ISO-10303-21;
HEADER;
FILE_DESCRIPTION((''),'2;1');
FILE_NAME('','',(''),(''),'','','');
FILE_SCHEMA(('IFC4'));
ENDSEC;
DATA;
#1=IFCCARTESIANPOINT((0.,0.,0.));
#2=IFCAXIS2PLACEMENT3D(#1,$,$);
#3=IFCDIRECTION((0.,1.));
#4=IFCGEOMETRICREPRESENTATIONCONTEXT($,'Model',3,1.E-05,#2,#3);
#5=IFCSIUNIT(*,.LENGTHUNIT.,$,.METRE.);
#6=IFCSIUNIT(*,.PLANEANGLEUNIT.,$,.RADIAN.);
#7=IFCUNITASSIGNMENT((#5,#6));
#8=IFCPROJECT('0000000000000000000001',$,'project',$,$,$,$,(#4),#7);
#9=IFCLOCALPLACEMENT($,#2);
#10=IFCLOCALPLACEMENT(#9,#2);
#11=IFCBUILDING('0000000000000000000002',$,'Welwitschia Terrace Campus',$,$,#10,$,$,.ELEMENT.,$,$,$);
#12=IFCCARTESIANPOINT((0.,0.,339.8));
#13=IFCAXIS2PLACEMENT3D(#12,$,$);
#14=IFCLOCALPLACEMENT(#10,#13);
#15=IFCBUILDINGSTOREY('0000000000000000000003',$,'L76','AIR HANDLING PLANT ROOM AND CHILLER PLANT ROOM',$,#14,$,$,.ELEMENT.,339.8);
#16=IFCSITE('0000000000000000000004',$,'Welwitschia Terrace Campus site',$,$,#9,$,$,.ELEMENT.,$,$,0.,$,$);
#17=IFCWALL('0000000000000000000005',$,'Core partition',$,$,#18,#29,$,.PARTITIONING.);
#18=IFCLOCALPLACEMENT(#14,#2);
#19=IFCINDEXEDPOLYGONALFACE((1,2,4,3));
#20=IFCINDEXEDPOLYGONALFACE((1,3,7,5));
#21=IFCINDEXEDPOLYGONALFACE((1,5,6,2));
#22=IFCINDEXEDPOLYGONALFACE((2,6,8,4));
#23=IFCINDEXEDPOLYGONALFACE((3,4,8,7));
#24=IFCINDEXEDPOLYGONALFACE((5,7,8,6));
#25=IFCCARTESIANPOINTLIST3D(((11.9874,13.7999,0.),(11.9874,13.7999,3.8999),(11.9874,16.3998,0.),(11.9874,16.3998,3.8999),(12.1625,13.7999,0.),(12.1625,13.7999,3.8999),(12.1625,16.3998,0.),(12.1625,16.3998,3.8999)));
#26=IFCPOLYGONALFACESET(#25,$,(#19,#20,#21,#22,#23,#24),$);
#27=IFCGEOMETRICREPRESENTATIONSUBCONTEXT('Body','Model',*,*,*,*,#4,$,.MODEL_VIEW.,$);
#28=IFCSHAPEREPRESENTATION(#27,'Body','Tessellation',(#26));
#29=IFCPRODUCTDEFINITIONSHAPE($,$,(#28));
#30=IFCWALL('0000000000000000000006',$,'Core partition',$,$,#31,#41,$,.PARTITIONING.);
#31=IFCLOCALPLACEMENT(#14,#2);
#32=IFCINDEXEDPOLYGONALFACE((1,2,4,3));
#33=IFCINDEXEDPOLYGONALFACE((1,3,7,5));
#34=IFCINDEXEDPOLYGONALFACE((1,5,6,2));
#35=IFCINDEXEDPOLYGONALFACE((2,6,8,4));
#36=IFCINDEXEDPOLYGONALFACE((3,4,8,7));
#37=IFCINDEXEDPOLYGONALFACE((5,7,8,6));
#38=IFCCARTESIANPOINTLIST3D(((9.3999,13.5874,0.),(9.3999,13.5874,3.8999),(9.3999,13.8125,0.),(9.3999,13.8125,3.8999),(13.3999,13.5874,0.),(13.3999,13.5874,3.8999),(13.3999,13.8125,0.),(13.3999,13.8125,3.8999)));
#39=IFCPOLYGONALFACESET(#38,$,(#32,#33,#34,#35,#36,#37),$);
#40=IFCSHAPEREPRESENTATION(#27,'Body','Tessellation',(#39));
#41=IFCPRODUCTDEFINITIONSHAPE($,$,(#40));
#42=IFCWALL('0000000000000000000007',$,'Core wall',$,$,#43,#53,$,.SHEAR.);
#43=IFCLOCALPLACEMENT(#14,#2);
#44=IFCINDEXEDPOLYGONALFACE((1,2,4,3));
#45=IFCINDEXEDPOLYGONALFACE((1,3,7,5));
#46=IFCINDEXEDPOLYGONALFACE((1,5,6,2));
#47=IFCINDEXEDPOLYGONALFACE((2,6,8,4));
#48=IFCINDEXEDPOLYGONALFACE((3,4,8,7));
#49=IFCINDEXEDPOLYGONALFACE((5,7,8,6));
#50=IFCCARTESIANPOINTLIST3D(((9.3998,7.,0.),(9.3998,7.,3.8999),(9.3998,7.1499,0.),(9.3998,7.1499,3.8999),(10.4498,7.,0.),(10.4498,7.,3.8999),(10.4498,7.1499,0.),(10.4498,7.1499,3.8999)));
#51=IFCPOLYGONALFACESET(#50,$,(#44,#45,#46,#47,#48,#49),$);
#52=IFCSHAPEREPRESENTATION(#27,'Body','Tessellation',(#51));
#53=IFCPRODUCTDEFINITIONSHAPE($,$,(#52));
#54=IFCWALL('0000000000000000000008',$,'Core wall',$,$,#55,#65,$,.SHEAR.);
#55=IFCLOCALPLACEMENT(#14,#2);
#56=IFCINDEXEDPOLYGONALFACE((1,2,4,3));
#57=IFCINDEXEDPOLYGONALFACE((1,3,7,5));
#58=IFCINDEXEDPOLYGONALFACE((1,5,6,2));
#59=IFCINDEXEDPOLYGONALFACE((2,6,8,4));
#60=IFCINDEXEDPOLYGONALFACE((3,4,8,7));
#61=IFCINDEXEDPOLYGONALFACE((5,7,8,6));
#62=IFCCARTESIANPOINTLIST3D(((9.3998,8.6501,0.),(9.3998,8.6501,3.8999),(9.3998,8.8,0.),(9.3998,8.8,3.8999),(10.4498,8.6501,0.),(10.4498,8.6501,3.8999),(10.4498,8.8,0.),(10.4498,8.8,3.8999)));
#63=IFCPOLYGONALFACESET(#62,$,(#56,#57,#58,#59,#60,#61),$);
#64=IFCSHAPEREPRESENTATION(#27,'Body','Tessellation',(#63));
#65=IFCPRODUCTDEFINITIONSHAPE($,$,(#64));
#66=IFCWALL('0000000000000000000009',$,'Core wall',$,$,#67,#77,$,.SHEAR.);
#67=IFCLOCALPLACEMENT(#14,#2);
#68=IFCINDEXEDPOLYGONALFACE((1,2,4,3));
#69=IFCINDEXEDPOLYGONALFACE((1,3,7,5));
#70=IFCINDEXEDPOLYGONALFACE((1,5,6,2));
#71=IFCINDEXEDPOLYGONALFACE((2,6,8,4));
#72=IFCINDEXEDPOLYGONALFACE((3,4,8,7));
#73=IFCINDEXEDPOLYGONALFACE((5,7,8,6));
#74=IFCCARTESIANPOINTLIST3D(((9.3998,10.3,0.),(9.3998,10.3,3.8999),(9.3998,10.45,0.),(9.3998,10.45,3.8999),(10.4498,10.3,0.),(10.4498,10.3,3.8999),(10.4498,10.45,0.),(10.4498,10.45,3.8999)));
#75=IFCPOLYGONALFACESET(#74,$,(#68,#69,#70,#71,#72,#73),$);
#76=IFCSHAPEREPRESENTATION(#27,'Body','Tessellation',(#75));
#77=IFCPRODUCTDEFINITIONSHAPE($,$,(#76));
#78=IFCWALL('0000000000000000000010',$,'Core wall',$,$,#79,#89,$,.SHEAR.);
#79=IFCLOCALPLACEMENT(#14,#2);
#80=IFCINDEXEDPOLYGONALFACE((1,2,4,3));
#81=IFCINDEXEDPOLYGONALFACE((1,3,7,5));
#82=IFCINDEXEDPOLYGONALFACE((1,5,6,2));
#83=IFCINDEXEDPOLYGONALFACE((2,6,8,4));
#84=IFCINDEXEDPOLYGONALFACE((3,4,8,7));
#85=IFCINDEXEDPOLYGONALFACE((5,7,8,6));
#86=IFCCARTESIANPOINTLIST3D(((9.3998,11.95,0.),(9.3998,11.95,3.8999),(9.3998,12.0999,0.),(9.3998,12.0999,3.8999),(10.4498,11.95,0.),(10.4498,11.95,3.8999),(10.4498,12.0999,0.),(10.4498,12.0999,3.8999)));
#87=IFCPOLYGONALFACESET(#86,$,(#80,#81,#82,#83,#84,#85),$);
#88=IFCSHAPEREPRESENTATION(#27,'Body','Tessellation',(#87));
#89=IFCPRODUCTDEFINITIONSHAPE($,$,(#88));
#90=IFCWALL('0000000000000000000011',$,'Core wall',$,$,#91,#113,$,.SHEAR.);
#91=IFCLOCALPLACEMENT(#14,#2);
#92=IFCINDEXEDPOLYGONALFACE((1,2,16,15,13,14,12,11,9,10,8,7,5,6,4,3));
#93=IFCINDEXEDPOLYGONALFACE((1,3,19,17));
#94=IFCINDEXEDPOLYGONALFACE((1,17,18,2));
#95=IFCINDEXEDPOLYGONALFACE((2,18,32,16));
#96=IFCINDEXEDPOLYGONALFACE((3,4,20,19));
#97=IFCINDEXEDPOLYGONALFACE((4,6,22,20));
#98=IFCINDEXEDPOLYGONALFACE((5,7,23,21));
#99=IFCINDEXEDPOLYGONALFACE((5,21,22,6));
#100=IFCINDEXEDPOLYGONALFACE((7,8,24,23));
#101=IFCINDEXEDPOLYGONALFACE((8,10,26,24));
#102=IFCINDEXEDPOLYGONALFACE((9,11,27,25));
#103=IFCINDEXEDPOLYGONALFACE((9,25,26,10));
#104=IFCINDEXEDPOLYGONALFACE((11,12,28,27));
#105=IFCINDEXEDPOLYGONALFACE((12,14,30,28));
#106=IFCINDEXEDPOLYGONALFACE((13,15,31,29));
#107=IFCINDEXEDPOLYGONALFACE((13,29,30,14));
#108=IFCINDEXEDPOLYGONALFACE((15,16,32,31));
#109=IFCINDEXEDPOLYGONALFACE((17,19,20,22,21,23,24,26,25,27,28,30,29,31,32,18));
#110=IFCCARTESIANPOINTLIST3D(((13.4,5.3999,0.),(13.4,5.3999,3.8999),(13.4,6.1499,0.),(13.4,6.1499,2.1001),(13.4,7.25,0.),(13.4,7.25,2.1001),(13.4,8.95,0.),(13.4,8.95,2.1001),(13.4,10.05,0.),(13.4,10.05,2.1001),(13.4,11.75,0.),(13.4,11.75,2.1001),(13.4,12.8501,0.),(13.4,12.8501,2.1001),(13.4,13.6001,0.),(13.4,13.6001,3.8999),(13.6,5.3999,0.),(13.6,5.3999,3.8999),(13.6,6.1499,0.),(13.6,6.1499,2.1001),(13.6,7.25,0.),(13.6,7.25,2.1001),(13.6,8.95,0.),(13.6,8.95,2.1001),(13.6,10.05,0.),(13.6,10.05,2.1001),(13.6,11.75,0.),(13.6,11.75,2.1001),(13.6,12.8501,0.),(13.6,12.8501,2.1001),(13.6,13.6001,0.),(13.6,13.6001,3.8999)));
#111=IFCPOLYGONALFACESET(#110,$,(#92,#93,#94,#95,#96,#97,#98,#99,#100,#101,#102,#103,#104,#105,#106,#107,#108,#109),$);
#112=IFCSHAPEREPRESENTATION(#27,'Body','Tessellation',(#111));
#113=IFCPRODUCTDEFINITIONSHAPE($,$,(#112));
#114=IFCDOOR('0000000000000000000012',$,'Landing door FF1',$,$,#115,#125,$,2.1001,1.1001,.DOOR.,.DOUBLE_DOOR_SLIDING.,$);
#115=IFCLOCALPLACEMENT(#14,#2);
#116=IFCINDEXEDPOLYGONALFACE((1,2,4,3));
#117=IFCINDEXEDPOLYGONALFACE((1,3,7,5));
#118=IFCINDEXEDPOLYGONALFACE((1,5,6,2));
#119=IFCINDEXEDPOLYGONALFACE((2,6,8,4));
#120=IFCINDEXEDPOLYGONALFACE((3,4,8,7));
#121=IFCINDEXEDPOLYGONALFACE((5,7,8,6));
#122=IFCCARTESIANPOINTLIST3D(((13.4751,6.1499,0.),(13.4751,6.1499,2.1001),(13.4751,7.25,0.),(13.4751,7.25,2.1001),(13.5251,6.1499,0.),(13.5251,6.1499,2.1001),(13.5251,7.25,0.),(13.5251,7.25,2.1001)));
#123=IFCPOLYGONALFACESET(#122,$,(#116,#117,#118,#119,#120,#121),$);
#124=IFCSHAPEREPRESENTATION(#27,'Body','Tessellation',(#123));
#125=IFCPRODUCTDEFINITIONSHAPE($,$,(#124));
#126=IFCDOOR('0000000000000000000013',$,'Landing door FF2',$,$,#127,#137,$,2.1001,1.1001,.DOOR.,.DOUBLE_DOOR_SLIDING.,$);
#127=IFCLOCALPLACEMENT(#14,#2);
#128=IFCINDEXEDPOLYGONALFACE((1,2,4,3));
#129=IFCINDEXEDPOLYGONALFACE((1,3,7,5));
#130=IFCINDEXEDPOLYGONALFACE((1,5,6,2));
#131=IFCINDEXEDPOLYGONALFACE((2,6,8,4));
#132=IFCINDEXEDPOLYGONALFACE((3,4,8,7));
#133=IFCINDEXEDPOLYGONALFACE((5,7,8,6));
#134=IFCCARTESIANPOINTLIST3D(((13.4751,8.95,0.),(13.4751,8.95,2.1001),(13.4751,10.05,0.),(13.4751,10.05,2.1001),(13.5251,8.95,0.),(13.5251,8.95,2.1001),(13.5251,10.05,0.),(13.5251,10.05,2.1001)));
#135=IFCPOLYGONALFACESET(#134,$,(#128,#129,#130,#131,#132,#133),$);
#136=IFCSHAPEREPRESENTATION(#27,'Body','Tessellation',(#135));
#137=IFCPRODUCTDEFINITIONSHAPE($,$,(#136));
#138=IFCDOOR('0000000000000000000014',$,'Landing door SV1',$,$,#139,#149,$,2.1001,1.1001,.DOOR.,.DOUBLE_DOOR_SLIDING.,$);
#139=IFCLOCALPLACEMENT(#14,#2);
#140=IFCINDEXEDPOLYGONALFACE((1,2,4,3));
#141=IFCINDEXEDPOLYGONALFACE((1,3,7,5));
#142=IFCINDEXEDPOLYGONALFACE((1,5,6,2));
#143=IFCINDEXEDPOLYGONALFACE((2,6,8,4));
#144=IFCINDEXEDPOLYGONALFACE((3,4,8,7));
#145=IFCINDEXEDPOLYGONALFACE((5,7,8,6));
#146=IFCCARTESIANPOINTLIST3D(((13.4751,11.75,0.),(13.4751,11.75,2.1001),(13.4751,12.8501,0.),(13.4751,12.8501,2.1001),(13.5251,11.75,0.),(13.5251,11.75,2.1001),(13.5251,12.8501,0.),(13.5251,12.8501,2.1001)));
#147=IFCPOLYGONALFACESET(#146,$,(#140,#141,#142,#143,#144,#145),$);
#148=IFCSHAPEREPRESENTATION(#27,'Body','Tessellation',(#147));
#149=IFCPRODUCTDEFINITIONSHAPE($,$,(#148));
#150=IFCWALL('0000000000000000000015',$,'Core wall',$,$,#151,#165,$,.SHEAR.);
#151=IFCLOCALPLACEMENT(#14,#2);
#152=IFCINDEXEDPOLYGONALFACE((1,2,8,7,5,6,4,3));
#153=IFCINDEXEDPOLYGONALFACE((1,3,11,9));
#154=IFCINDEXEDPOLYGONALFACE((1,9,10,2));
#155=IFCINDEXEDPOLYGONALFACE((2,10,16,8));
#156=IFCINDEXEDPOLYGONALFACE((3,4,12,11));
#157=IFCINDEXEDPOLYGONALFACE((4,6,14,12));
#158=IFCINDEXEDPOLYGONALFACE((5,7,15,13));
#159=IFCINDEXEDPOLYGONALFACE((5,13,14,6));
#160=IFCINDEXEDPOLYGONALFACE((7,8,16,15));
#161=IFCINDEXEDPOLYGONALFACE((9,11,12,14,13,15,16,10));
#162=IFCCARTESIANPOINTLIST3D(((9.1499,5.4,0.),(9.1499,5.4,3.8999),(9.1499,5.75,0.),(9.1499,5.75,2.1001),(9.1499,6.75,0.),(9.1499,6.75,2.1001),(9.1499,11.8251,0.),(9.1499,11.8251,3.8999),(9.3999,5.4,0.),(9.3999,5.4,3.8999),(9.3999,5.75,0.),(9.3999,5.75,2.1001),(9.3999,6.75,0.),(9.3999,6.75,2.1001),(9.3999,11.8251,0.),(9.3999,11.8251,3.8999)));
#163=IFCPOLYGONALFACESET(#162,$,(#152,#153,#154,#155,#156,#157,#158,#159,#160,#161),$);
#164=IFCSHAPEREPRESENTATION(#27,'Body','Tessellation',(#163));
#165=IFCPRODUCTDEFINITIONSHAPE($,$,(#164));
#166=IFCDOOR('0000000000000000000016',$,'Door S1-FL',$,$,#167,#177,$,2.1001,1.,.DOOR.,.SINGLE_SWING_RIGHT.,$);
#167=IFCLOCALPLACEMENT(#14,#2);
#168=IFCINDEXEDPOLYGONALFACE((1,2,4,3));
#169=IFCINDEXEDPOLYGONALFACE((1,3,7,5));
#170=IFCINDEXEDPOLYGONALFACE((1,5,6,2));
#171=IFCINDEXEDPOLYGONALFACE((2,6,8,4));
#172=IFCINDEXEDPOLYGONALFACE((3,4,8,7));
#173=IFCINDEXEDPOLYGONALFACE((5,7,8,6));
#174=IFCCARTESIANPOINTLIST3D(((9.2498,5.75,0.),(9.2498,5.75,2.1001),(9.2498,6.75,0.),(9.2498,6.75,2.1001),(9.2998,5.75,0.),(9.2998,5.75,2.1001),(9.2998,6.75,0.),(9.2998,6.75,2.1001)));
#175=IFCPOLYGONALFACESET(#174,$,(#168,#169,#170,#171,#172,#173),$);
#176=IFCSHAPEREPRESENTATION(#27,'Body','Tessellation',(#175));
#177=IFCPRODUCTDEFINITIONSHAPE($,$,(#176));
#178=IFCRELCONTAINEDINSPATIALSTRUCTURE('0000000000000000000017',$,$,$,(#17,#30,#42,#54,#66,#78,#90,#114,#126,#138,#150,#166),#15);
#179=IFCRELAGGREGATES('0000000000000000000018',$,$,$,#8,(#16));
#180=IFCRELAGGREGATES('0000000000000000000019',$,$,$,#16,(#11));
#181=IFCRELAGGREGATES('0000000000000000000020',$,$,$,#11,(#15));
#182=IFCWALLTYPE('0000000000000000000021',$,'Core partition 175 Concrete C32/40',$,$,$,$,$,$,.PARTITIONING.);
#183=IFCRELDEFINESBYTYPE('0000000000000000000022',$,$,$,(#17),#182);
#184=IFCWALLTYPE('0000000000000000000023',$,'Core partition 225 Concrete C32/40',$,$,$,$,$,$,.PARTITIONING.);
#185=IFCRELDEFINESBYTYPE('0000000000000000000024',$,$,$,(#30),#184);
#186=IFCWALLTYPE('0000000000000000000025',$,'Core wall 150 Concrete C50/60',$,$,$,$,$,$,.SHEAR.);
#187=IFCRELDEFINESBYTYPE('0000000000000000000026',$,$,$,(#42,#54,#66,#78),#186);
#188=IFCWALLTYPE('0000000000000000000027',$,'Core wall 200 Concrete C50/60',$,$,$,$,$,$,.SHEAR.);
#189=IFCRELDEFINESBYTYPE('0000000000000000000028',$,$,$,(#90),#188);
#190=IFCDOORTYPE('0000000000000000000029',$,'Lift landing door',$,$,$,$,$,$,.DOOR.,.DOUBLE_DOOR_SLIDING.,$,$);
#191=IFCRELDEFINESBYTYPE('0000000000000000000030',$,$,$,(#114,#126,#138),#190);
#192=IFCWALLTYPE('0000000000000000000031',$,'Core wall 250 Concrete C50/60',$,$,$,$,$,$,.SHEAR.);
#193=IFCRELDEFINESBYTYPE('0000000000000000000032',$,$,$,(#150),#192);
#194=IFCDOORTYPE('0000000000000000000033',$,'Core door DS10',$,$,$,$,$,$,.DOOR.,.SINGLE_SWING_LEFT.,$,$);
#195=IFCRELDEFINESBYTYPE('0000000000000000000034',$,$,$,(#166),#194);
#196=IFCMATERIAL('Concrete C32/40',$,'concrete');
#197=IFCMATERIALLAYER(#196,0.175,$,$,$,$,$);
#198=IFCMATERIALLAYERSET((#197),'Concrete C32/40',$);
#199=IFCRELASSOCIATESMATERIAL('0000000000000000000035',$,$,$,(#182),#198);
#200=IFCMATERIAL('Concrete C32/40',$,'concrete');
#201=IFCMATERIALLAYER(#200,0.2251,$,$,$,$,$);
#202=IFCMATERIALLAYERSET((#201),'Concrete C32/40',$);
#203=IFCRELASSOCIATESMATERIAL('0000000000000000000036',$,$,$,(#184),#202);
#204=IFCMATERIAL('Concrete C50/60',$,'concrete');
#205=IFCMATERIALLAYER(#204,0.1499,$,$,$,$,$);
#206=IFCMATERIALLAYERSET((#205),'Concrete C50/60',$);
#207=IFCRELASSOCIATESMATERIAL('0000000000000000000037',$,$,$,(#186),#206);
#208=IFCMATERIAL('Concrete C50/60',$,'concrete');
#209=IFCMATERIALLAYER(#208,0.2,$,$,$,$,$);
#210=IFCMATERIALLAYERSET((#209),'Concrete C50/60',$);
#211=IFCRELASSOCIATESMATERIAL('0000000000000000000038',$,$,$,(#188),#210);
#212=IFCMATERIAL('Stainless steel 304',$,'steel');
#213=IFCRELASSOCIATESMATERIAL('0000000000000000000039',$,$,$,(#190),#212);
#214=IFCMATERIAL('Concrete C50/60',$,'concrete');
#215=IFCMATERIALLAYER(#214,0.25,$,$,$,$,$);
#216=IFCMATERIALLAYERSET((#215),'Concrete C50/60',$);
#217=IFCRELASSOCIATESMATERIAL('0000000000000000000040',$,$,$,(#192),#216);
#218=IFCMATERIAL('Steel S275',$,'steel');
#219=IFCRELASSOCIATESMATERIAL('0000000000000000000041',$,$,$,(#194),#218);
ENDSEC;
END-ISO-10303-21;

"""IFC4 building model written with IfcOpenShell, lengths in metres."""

from ifc_helpers import new_model, si_unit, direction, frame, frame_2d, origin, place, context, subcontext, project, spatial, rectangle, extrude, material, layer, layer_set, type_object, element, fill, save


model = new_model("IFC4")

# Units and contexts
model_context = context("Model", 3, precision=1e-05, world=origin(), true_north=direction((0.0, 1.0)))
body_context = subcontext(model_context, "Body", "Model", "MODEL_VIEW")
ifc_project = project(units=[si_unit("LENGTHUNIT", "METRE"), si_unit("PLANEANGLEUNIT", "RADIAN")], contexts=[model_context])

# Site, building, storey
site_placement = place(None, origin())
site = spatial("IfcSite", under=ifc_project, at=site_placement, Name="Welwitschia Terrace Campus site", CompositionType="ELEMENT", RefElevation=0.0)
building_placement = place(site_placement, origin())
building = spatial("IfcBuilding", under=site, at=building_placement, Name="Welwitschia Terrace Campus", CompositionType="ELEMENT")
storey_placement = place(building_placement, frame((0.0, 0.0, 339.8)))
storey = spatial("IfcBuildingStorey", under=building, at=storey_placement, Name="L76", Description="AIR HANDLING PLANT ROOM AND CHILLER PLANT ROOM", CompositionType="ELEMENT", Elevation=339.8)

# Walls
ifc_material_1 = material(Name="Concrete C32/40", Category="concrete")
ifc_layer_1 = layer(ifc_material_1, 0.175)
ifc_layer_set_1 = layer_set([ifc_layer_1], Name="Concrete C32/40")
wall_type_1 = type_object("IfcWallType", Name="Core partition 175 Concrete C32/40", PredefinedType="PARTITIONING", material=ifc_layer_set_1)
wall_1_placement = place(storey_placement, frame((12.075, 13.8, 0.0), z_axis=(0.0, 0.0, 1.0), x_axis=(0.0, 1.0, 0.0)))
element("IfcWall", 1, at=wall_1_placement, inside=storey, type_object=wall_type_1, Name="Core partition", PredefinedType="PARTITIONING", context=body_context, shape_type="SweptSolid", body=[
    extrude(rectangle(XDim=2.5999, YDim=0.175, at=frame_2d((1.2998, 0.0))), origin(), (0.0, 0.0, 1.0), 3.8999),
])
ifc_material_2 = material(Name="Concrete C32/40", Category="concrete")
ifc_layer_2 = layer(ifc_material_2, 0.2251)
ifc_layer_set_2 = layer_set([ifc_layer_2], Name="Concrete C32/40")
wall_type_2 = type_object("IfcWallType", Name="Core partition 225 Concrete C32/40", PredefinedType="PARTITIONING", material=ifc_layer_set_2)
wall_2_placement = place(storey_placement, frame((9.3999, 13.7, 0.0), z_axis=(0.0, 0.0, 1.0), x_axis=(1.0, 0.0, 0.0)))
element("IfcWall", 2, at=wall_2_placement, inside=storey, type_object=wall_type_2, Name="Core partition", PredefinedType="PARTITIONING", context=body_context, shape_type="SweptSolid", body=[
    extrude(rectangle(XDim=4.0, YDim=0.2251, at=frame_2d((2.0, 0.0))), origin(), (0.0, 0.0, 1.0), 3.8999),
])
ifc_material_3 = material(Name="Concrete C50/60", Category="concrete")
ifc_layer_3 = layer(ifc_material_3, 0.1499)
ifc_layer_set_3 = layer_set([ifc_layer_3], Name="Concrete C50/60")
wall_type_3 = type_object("IfcWallType", Name="Core wall 150 Concrete C50/60", PredefinedType="SHEAR", material=ifc_layer_set_3)
for number, where, z_axis, x_axis, name in (
    (3, (9.3999, 7.075, 0.0), (0.0, 0.0, 1.0), (1.0, 0.0, 0.0), "Core wall"),
    (4, (9.3999, 8.7251, 0.0), (0.0, 0.0, 1.0), (1.0, 0.0, 0.0), "Core wall"),
    (5, (9.3999, 10.375, 0.0), (0.0, 0.0, 1.0), (1.0, 0.0, 0.0), "Core wall"),
    (6, (9.3999, 12.0249, 0.0), (0.0, 0.0, 1.0), (1.0, 0.0, 0.0), "Core wall"),
):
    element("IfcWall", number, at=place(storey_placement, frame(where, z_axis=z_axis, x_axis=x_axis)), inside=storey, type_object=wall_type_3, Name=name, PredefinedType="SHEAR", context=body_context, shape_type="SweptSolid", body=[
        extrude(rectangle(XDim=1.05, YDim=0.1499, at=frame_2d((0.5249, 0.0))), origin(), (0.0, 0.0, 1.0), 3.8999),
    ])

# Wall, openings, doors
ifc_material_4 = material(Name="Concrete C50/60", Category="concrete")
ifc_layer_4 = layer(ifc_material_4, 0.2)
ifc_layer_set_4 = layer_set([ifc_layer_4], Name="Concrete C50/60")
wall_type_4 = type_object("IfcWallType", Name="Core wall 200 Concrete C50/60", PredefinedType="SHEAR", material=ifc_layer_set_4)
wall_3_placement = place(storey_placement, frame((13.5, 5.3999, 0.0), z_axis=(0.0, 0.0, 1.0), x_axis=(0.0, 1.0, 0.0)))
wall_3 = element("IfcWall", 7, at=wall_3_placement, inside=storey, type_object=wall_type_4, Name="Core wall", PredefinedType="SHEAR", context=body_context, shape_type="SweptSolid", body=[
    extrude(rectangle(XDim=8.2002, YDim=0.2, at=frame_2d((4.1001, 0.0))), origin(), (0.0, 0.0, 1.0), 3.8999),
])
opening_1_placement = place(wall_3_placement, frame((0.75, 0.0, 0.0)))
opening_1 = element("IfcOpeningElement", 8, at=opening_1_placement, cuts=wall_3, PredefinedType="OPENING", context=body_context, shape_type="SweptSolid", body=[
    extrude(rectangle(XDim=1.1001, YDim=2.1001, at=frame_2d((0.55, 1.05))), frame((0.0, 0.1099, 0.0), z_axis=(0.0, -1.0, 0.0), x_axis=(1.0, 0.0, 0.0)), (0.0, 0.0, 1.0), 0.22),
])
opening_2_placement = place(wall_3_placement, frame((3.55, 0.0, 0.0)))
opening_2 = element("IfcOpeningElement", 9, at=opening_2_placement, cuts=wall_3, PredefinedType="OPENING", context=body_context, shape_type="SweptSolid", body=[
    extrude(rectangle(XDim=1.1001, YDim=2.1001, at=frame_2d((0.55, 1.05))), frame((0.0, 0.1099, 0.0), z_axis=(0.0, -1.0, 0.0), x_axis=(1.0, 0.0, 0.0)), (0.0, 0.0, 1.0), 0.22),
])
opening_3_placement = place(wall_3_placement, frame((6.3501, 0.0, 0.0)))
opening_3 = element("IfcOpeningElement", 10, at=opening_3_placement, cuts=wall_3, PredefinedType="OPENING", context=body_context, shape_type="SweptSolid", body=[
    extrude(rectangle(XDim=1.1001, YDim=2.1001, at=frame_2d((0.55, 1.05))), frame((0.0, 0.1099, 0.0), z_axis=(0.0, -1.0, 0.0), x_axis=(1.0, 0.0, 0.0)), (0.0, 0.0, 1.0), 0.22),
])
ifc_material_5 = material(Name="Stainless steel 304", Category="steel")
door_type_1 = type_object("IfcDoorType", Name="Lift landing door", OperationType="DOUBLE_DOOR_SLIDING", PredefinedType="DOOR", material=ifc_material_5)
door_1_placement = place(opening_1_placement, origin())
door_1 = element("IfcDoor", 11, at=door_1_placement, inside=storey, type_object=door_type_1, Name="Landing door FF1", OperationType="DOUBLE_DOOR_SLIDING", OverallHeight=2.1001, OverallWidth=1.1001, PredefinedType="DOOR", context=body_context, shape_type="SweptSolid", body=[
    extrude(rectangle(XDim=1.1001, YDim=2.1001, at=frame_2d((0.55, 1.05))), frame((0.0, 0.0249, 0.0), z_axis=(0.0, -1.0, 0.0), x_axis=(1.0, 0.0, 0.0)), (0.0, 0.0, 1.0), 0.05),
])
fill(opening_1, door_1)
door_2_placement = place(opening_2_placement, origin())
door_2 = element("IfcDoor", 12, at=door_2_placement, inside=storey, type_object=door_type_1, Name="Landing door FF2", OperationType="DOUBLE_DOOR_SLIDING", OverallHeight=2.1001, OverallWidth=1.1001, PredefinedType="DOOR", context=body_context, shape_type="SweptSolid", body=[
    extrude(rectangle(XDim=1.1001, YDim=2.1001, at=frame_2d((0.55, 1.05))), frame((0.0, 0.0249, 0.0), z_axis=(0.0, -1.0, 0.0), x_axis=(1.0, 0.0, 0.0)), (0.0, 0.0, 1.0), 0.05),
])
fill(opening_2, door_2)
door_3_placement = place(opening_3_placement, origin())
door_3 = element("IfcDoor", 13, at=door_3_placement, inside=storey, type_object=door_type_1, Name="Landing door SV1", OperationType="DOUBLE_DOOR_SLIDING", OverallHeight=2.1001, OverallWidth=1.1001, PredefinedType="DOOR", context=body_context, shape_type="SweptSolid", body=[
    extrude(rectangle(XDim=1.1001, YDim=2.1001, at=frame_2d((0.55, 1.05))), frame((0.0, 0.0249, 0.0), z_axis=(0.0, -1.0, 0.0), x_axis=(1.0, 0.0, 0.0)), (0.0, 0.0, 1.0), 0.05),
])
fill(opening_3, door_3)

# Wall, opening, door
ifc_material_6 = material(Name="Concrete C50/60", Category="concrete")
ifc_layer_5 = layer(ifc_material_6, 0.25)
ifc_layer_set_5 = layer_set([ifc_layer_5], Name="Concrete C50/60")
wall_type_5 = type_object("IfcWallType", Name="Core wall 250 Concrete C50/60", PredefinedType="SHEAR", material=ifc_layer_set_5)
wall_4_placement = place(storey_placement, frame((9.2749, 11.825, 0.0), z_axis=(0.0, 0.0, 1.0), x_axis=(0.0, -1.0, 0.0)))
wall_4 = element("IfcWall", 14, at=wall_4_placement, inside=storey, type_object=wall_type_5, Name="Core wall", PredefinedType="SHEAR", context=body_context, shape_type="SweptSolid", body=[
    extrude(rectangle(XDim=6.425, YDim=0.25, at=frame_2d((3.2124, 0.0))), origin(), (0.0, 0.0, 1.0), 3.8999),
])
opening_4_placement = place(wall_4_placement, frame((5.075, 0.0, 0.0)))
opening_4 = element("IfcOpeningElement", 15, at=opening_4_placement, cuts=wall_4, PredefinedType="OPENING", context=body_context, shape_type="SweptSolid", body=[
    extrude(rectangle(XDim=1.0, YDim=2.1001, at=frame_2d((0.5, 1.05))), frame((0.0, 0.135, 0.0), z_axis=(0.0, -1.0, 0.0), x_axis=(1.0, 0.0, 0.0)), (0.0, 0.0, 1.0), 0.27),
])
ifc_material_7 = material(Name="Steel S275", Category="steel")
door_type_2 = type_object("IfcDoorType", Name="Core door DS10", OperationType="SINGLE_SWING_LEFT", PredefinedType="DOOR", material=ifc_material_7)
door_4_placement = place(opening_4_placement, origin())
door_4 = element("IfcDoor", 16, at=door_4_placement, inside=storey, type_object=door_type_2, Name="Door S1-FL", OperationType="SINGLE_SWING_RIGHT", OverallHeight=2.1001, OverallWidth=1.0, PredefinedType="DOOR", context=body_context, shape_type="SweptSolid", body=[
    extrude(rectangle(XDim=1.0, YDim=2.1001, at=frame_2d((0.5, 1.05))), frame((0.0, 0.0249, 0.0), z_axis=(0.0, -1.0, 0.0), x_axis=(1.0, 0.0, 0.0)), (0.0, 0.0, 1.0), 0.05),
])
fill(opening_4, door_4)

save(model, "model.ifc")
